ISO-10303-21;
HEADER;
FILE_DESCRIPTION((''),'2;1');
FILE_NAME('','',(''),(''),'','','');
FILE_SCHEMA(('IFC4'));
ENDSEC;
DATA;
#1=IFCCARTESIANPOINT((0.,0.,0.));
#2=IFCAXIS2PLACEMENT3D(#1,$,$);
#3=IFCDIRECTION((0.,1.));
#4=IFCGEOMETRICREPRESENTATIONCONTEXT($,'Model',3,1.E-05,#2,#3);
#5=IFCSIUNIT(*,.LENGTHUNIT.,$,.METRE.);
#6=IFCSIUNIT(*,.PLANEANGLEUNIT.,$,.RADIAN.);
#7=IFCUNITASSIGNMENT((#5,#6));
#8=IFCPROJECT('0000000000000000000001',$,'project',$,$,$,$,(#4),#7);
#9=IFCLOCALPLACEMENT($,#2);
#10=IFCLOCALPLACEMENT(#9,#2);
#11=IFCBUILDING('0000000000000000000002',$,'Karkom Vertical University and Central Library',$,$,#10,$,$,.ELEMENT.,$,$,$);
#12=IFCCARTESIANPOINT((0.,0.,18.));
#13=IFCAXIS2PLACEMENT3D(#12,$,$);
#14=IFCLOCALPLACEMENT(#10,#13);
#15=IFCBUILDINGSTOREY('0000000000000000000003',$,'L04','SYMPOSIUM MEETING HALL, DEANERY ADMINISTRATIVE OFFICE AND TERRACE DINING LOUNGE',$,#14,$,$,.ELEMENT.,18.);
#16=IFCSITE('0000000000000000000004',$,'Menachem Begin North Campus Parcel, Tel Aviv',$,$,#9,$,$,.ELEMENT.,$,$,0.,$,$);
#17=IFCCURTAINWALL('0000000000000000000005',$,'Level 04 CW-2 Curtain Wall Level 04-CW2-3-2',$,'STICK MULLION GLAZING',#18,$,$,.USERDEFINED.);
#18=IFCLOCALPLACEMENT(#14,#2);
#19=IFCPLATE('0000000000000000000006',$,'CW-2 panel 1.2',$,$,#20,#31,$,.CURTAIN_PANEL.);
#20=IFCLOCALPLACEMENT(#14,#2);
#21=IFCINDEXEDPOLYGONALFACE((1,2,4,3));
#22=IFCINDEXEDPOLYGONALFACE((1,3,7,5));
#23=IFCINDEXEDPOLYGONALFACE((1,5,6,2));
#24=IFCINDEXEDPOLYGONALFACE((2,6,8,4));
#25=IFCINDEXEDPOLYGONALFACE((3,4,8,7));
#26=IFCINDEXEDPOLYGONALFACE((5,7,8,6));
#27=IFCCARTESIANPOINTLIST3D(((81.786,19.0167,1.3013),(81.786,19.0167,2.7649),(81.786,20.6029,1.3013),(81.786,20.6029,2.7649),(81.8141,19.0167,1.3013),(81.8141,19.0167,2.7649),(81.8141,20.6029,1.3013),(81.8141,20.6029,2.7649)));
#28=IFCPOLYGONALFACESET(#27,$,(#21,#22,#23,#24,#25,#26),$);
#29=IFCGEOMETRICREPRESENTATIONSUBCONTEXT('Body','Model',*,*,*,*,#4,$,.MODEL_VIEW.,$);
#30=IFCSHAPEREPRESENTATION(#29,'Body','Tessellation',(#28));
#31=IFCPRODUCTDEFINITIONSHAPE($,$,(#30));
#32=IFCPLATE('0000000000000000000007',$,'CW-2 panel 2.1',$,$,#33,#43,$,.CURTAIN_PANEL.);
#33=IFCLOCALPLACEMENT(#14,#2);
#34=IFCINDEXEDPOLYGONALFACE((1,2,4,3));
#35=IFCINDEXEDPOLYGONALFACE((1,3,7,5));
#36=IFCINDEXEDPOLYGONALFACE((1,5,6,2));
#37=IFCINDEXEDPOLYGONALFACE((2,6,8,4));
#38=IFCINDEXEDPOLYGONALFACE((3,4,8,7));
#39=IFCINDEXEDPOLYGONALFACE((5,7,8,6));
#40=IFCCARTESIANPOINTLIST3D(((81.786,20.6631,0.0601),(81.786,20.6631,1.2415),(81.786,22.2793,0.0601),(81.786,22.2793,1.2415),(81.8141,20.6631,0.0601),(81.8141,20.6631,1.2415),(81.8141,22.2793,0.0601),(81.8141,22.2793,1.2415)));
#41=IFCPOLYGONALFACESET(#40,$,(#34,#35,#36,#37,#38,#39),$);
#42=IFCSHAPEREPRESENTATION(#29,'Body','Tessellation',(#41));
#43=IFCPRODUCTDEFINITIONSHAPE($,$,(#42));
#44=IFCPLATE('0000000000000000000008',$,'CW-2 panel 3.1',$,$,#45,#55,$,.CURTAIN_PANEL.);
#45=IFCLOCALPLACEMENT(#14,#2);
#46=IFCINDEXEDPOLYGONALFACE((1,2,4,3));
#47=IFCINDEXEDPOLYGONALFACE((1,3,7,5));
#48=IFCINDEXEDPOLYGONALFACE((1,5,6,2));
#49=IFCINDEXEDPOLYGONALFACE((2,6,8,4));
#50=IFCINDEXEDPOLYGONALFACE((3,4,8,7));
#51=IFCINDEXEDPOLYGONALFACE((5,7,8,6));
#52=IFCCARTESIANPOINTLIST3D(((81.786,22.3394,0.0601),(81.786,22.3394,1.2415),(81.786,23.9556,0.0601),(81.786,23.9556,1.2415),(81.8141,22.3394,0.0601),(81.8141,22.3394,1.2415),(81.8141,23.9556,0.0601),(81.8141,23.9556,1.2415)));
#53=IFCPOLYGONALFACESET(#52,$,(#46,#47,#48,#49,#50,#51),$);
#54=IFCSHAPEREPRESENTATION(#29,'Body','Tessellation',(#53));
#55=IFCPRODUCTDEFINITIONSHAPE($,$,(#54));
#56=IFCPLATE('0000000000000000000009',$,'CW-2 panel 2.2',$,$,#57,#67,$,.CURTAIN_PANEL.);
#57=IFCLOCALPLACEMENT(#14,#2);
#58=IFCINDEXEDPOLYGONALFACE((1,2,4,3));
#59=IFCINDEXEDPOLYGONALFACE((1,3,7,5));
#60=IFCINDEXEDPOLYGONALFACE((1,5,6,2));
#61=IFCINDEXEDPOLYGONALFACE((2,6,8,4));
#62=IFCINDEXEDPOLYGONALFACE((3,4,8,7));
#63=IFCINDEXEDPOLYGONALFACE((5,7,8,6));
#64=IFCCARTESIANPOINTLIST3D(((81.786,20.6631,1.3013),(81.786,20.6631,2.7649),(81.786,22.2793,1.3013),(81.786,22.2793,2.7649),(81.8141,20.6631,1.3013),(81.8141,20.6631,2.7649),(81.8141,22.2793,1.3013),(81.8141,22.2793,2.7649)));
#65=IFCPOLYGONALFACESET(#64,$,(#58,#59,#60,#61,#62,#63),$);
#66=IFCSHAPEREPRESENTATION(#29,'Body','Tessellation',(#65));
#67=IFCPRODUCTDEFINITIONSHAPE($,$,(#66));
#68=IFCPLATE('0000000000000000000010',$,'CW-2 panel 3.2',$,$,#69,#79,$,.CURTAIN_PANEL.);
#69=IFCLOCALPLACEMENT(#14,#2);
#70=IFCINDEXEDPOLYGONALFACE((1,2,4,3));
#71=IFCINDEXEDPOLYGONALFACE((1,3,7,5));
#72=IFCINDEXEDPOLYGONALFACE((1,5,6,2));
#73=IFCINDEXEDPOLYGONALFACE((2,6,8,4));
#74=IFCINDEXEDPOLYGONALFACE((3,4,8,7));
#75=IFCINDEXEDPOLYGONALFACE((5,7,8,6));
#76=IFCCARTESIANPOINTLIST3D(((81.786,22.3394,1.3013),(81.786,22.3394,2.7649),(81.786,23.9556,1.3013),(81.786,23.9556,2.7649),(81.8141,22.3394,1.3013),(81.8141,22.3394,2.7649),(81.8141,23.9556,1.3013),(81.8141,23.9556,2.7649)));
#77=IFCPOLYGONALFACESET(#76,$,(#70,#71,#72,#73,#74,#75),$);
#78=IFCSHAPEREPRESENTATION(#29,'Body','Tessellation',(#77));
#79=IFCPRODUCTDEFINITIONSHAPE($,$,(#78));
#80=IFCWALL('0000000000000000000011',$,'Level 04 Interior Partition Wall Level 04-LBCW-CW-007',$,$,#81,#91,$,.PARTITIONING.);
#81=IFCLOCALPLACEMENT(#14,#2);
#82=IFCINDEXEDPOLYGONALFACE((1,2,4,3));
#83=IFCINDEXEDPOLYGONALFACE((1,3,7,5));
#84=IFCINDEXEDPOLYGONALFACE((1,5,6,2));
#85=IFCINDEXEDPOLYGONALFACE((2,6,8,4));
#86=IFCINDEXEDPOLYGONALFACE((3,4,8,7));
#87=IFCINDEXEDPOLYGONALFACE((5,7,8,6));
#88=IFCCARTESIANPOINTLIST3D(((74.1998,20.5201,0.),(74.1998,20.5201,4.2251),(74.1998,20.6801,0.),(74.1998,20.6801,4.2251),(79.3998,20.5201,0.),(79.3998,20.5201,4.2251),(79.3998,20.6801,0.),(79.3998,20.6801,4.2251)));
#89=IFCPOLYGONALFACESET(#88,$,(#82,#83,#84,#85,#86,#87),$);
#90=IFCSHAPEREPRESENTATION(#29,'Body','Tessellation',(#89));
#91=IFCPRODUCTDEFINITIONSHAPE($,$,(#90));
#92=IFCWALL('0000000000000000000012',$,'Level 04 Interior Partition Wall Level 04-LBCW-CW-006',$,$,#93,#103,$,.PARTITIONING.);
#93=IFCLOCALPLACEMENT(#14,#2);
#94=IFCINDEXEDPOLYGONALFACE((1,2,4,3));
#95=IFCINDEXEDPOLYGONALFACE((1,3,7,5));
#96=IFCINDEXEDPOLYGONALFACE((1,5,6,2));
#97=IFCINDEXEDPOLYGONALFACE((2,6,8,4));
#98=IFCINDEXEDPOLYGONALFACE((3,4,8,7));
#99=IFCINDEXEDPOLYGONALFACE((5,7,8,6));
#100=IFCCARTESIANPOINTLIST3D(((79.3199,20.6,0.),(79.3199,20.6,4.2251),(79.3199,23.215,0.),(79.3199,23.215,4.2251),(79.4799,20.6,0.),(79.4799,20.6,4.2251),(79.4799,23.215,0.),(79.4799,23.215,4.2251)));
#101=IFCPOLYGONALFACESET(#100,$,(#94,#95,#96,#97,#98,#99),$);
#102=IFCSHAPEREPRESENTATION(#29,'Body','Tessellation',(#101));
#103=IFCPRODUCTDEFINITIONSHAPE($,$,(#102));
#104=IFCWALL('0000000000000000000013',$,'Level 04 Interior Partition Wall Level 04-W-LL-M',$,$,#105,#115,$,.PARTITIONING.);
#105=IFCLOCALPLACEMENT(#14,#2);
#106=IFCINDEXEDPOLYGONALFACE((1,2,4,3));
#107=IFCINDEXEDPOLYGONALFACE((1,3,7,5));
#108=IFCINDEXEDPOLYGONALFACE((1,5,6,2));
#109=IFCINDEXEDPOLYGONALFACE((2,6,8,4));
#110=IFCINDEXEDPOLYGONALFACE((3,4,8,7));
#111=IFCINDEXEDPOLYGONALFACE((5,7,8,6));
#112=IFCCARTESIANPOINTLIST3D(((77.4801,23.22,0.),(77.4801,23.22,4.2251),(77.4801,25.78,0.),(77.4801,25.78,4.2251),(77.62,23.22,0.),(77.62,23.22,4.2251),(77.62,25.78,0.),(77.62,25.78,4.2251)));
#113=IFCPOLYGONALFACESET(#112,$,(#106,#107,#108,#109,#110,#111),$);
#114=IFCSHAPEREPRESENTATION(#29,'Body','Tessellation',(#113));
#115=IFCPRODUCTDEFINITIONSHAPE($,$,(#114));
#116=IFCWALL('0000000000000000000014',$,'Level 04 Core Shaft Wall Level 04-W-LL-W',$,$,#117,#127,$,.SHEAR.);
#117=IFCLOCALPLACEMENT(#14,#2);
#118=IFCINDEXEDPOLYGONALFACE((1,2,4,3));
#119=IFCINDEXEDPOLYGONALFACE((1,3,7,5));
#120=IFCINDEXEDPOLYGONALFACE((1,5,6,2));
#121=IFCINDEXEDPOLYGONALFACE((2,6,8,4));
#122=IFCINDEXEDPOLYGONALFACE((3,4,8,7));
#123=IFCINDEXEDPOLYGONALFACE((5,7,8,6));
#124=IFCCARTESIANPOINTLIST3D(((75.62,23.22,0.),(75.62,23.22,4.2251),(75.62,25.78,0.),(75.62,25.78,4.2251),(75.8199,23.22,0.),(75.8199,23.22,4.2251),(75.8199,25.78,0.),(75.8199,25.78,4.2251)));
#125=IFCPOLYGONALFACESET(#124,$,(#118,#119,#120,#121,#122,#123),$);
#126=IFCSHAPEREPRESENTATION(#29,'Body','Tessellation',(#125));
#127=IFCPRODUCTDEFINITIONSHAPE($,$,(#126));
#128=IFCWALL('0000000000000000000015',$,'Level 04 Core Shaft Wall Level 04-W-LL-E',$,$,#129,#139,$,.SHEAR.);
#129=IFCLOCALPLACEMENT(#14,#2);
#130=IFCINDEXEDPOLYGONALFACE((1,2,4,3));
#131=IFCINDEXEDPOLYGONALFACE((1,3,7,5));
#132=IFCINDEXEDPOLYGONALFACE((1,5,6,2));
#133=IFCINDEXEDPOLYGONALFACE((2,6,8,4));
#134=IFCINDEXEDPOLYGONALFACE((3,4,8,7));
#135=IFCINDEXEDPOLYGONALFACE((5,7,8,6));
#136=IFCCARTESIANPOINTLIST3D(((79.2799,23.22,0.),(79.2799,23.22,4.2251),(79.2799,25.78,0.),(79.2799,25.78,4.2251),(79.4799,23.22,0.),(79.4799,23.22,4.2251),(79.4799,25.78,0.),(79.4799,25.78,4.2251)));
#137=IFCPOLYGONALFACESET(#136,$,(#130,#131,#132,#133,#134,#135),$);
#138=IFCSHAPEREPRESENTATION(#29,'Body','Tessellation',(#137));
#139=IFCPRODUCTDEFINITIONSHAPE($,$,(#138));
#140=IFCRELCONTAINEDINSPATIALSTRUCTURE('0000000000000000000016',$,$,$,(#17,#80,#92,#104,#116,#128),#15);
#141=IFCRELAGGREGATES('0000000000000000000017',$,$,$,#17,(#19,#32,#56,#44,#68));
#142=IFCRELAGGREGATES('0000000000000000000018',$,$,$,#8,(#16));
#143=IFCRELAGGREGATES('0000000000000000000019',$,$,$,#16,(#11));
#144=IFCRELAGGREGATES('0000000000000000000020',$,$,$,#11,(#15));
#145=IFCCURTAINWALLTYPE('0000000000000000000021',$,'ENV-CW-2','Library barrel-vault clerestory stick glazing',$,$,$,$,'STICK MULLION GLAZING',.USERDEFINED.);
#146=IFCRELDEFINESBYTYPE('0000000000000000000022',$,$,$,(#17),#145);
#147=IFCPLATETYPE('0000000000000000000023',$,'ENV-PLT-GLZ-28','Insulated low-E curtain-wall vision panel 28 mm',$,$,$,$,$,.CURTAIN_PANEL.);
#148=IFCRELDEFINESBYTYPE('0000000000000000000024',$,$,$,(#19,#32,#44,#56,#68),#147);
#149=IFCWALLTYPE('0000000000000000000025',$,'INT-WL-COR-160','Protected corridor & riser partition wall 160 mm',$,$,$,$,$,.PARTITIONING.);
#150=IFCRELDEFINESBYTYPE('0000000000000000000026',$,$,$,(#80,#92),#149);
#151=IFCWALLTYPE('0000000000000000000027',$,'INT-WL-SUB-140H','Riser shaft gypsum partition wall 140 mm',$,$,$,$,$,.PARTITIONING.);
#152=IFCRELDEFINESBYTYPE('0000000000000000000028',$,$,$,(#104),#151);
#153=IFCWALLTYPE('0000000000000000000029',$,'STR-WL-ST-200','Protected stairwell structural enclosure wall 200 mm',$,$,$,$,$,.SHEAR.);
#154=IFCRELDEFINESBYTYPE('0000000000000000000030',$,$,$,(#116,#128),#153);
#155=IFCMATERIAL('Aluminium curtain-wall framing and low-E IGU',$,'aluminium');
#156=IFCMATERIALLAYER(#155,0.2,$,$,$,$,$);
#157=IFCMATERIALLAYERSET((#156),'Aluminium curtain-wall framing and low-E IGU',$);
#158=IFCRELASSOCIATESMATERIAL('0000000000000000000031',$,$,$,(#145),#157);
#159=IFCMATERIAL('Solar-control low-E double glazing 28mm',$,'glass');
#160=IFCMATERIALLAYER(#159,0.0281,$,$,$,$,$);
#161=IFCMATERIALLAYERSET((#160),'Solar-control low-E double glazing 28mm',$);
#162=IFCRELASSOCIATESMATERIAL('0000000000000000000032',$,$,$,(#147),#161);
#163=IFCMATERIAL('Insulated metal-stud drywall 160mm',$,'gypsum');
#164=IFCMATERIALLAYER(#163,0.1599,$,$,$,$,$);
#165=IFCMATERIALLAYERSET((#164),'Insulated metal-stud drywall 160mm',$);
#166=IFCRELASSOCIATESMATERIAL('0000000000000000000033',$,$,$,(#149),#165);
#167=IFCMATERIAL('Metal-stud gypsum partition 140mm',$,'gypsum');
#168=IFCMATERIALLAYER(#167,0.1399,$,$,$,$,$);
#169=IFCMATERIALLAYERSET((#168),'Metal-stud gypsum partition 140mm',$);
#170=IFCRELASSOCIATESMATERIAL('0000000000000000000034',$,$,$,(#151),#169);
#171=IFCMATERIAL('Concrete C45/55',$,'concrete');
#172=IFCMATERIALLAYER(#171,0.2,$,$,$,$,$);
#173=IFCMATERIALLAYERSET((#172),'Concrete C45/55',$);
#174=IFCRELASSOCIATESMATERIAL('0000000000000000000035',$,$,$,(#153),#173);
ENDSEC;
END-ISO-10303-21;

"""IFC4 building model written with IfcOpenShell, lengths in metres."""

from ifc_helpers import new_model, si_unit, direction, frame, frame_2d, origin, origin_with_axes, origin_2d, place, context, subcontext, project, spatial, rectangle, extrude, source, transform, mapped, material, layer, layer_set, type_object, element, aggregate, save


model = new_model("IFC4")

# Units and contexts
model_context = context("Model", 3, precision=1e-05, world=origin(), true_north=direction((0.0, 1.0)))
body_context = subcontext(model_context, "Body", "Model", "MODEL_VIEW")
ifc_project = project(units=[si_unit("LENGTHUNIT", "METRE"), si_unit("PLANEANGLEUNIT", "RADIAN")], contexts=[model_context])

# Site, building, storey
site_placement = place(None, origin())
site = spatial("IfcSite", under=ifc_project, at=site_placement, Name="Menachem Begin North Campus Parcel, Tel Aviv", CompositionType="ELEMENT", RefElevation=0.0)
building_placement = place(site_placement, origin())
building = spatial("IfcBuilding", under=site, at=building_placement, Name="Karkom Vertical University and Central Library", CompositionType="ELEMENT")
storey_placement = place(building_placement, frame((0.0, 0.0, 18.0)))
storey = spatial("IfcBuildingStorey", under=building, at=storey_placement, Name="L04", Description="SYMPOSIUM MEETING HALL, DEANERY ADMINISTRATIVE OFFICE AND TERRACE DINING LOUNGE", CompositionType="ELEMENT", Elevation=18.0)

# Curtain wall, plates
ifc_material_1 = material(Name="Aluminium curtain-wall framing and low-E IGU", Category="aluminium")
ifc_layer_1 = layer(ifc_material_1, 0.2)
ifc_layer_set_1 = layer_set([ifc_layer_1], Name="Aluminium curtain-wall framing and low-E IGU")
curtain_wall_type = type_object("IfcCurtainWallType", Name="ENV-CW-2", Description="Library barrel-vault clerestory stick glazing", ElementType="STICK MULLION GLAZING", PredefinedType="USERDEFINED", material=ifc_layer_set_1)
curtain_wall_placement = place(storey_placement, origin())
curtain_wall = element("IfcCurtainWall", 1, at=curtain_wall_placement, inside=storey, type_object=curtain_wall_type, Name="Level 04 CW-2 Curtain Wall Level 04-CW2-3-2", ObjectType="STICK MULLION GLAZING", PredefinedType="USERDEFINED")
ifc_material_2 = material(Name="Solar-control low-E double glazing 28mm", Category="glass")
ifc_layer_2 = layer(ifc_material_2, 0.0281)
ifc_layer_set_2 = layer_set([ifc_layer_2], Name="Solar-control low-E double glazing 28mm")
plate_type = type_object("IfcPlateType", Name="ENV-PLT-GLZ-28", Description="Insulated low-E curtain-wall vision panel 28 mm", PredefinedType="CURTAIN_PANEL", material=ifc_layer_set_2)
shared_shape_1 = source(origin_with_axes(), body_context, "Body", "SweptSolid", [
    extrude(rectangle(XDim=1.5862, YDim=0.0281, at=origin_2d()), origin(), (0.0, 0.0, 1.0), 1.4636),
])
plate_1_placement = place(storey_placement, frame((81.8, 19.8098, 1.3013), z_axis=(0.0, 0.0, 1.0), x_axis=(0.0, 1.0, 0.0)))
plate_1 = element("IfcPlate", 2, at=plate_1_placement, type_object=plate_type, Name="CW-2 panel 1.2", PredefinedType="CURTAIN_PANEL", context=body_context, shape_type="MappedRepresentation", body=[
    mapped(shared_shape_1, transform((0.0, 0.0, 0.0), scale=1.0)),
])
shared_shape_2 = source(origin_with_axes(), body_context, "Body", "SweptSolid", [
    extrude(rectangle(XDim=1.6162, YDim=0.0281, at=origin_2d()), origin(), (0.0, 0.0, 1.0), 1.1814),
])
plate_2_placement = place(storey_placement, frame((81.8, 21.4712, 0.0601), z_axis=(0.0, 0.0, 1.0), x_axis=(0.0, 1.0, 0.0)))
plate_2 = element("IfcPlate", 3, at=plate_2_placement, type_object=plate_type, Name="CW-2 panel 2.1", PredefinedType="CURTAIN_PANEL", context=body_context, shape_type="MappedRepresentation", body=[
    mapped(shared_shape_2, transform((0.0, 0.0, 0.0), scale=1.0)),
])
plate_3_placement = place(storey_placement, frame((81.8, 23.1475, 0.0601), z_axis=(0.0, 0.0, 1.0), x_axis=(0.0, 1.0, 0.0)))
plate_3 = element("IfcPlate", 4, at=plate_3_placement, type_object=plate_type, Name="CW-2 panel 3.1", PredefinedType="CURTAIN_PANEL", context=body_context, shape_type="MappedRepresentation", body=[
    mapped(shared_shape_2, transform((0.0, 0.0, 0.0), scale=1.0)),
])
shared_shape_3 = source(origin_with_axes(), body_context, "Body", "SweptSolid", [
    extrude(rectangle(XDim=1.6162, YDim=0.0281, at=origin_2d()), origin(), (0.0, 0.0, 1.0), 1.4636),
])
plate_4_placement = place(storey_placement, frame((81.8, 21.4712, 1.3013), z_axis=(0.0, 0.0, 1.0), x_axis=(0.0, 1.0, 0.0)))
plate_4 = element("IfcPlate", 5, at=plate_4_placement, type_object=plate_type, Name="CW-2 panel 2.2", PredefinedType="CURTAIN_PANEL", context=body_context, shape_type="MappedRepresentation", body=[
    mapped(shared_shape_3, transform((0.0, 0.0, 0.0), scale=1.0)),
])
plate_5_placement = place(storey_placement, frame((81.8, 23.1475, 1.3013), z_axis=(0.0, 0.0, 1.0), x_axis=(0.0, 1.0, 0.0)))
plate_5 = element("IfcPlate", 6, at=plate_5_placement, type_object=plate_type, Name="CW-2 panel 3.2", PredefinedType="CURTAIN_PANEL", context=body_context, shape_type="MappedRepresentation", body=[
    mapped(shared_shape_3, transform((0.0, 0.0, 0.0), scale=1.0)),
])
aggregate(curtain_wall, [plate_1, plate_2, plate_4, plate_3, plate_5])

# Walls
ifc_material_3 = material(Name="Insulated metal-stud drywall 160mm", Category="gypsum")
ifc_layer_3 = layer(ifc_material_3, 0.1599)
ifc_layer_set_3 = layer_set([ifc_layer_3], Name="Insulated metal-stud drywall 160mm")
wall_type_1 = type_object("IfcWallType", Name="INT-WL-COR-160", Description="Protected corridor & riser partition wall 160 mm", PredefinedType="PARTITIONING", material=ifc_layer_set_3)
wall_1_placement = place(storey_placement, frame((79.3999, 20.6001, 0.0), z_axis=(0.0, 0.0, 1.0), x_axis=(-1.0, 0.0, 0.0)))
element("IfcWall", 7, at=wall_1_placement, inside=storey, type_object=wall_type_1, Name="Level 04 Interior Partition Wall Level 04-LBCW-CW-007", PredefinedType="PARTITIONING", context=body_context, shape_type="SweptSolid", body=[
    extrude(rectangle(XDim=5.2, YDim=0.1599, at=frame_2d((2.6001, 0.0))), origin(), (0.0, 0.0, 1.0), 4.2251),
])
wall_2_placement = place(storey_placement, frame((79.3999, 23.2151, 0.0), z_axis=(0.0, 0.0, 1.0), x_axis=(0.0, -1.0, 0.0)))
element("IfcWall", 8, at=wall_2_placement, inside=storey, type_object=wall_type_1, Name="Level 04 Interior Partition Wall Level 04-LBCW-CW-006", PredefinedType="PARTITIONING", context=body_context, shape_type="SweptSolid", body=[
    extrude(rectangle(XDim=2.615, YDim=0.1599, at=frame_2d((1.3076, 0.0))), origin(), (0.0, 0.0, 1.0), 4.2251),
])
ifc_material_4 = material(Name="Metal-stud gypsum partition 140mm", Category="gypsum")
ifc_layer_4 = layer(ifc_material_4, 0.1399)
ifc_layer_set_4 = layer_set([ifc_layer_4], Name="Metal-stud gypsum partition 140mm")
wall_type_2 = type_object("IfcWallType", Name="INT-WL-SUB-140H", Description="Riser shaft gypsum partition wall 140 mm", PredefinedType="PARTITIONING", material=ifc_layer_set_4)
wall_3_placement = place(storey_placement, frame((77.55, 23.22, 0.0), z_axis=(0.0, 0.0, 1.0), x_axis=(0.0, 1.0, 0.0)))
element("IfcWall", 9, at=wall_3_placement, inside=storey, type_object=wall_type_2, Name="Level 04 Interior Partition Wall Level 04-W-LL-M", PredefinedType="PARTITIONING", context=body_context, shape_type="SweptSolid", body=[
    extrude(rectangle(XDim=2.5601, YDim=0.1399, at=frame_2d((1.28, 0.0))), origin(), (0.0, 0.0, 1.0), 4.2251),
])

# Shared definitions
ifc_material_5 = material(Name="Concrete C45/55", Category="concrete")
ifc_layer_5 = layer(ifc_material_5, 0.2)
ifc_layer_set_5 = layer_set([ifc_layer_5], Name="Concrete C45/55")
wall_type_3 = type_object("IfcWallType", Name="STR-WL-ST-200", Description="Protected stairwell structural enclosure wall 200 mm", PredefinedType="SHEAR", material=ifc_layer_set_5)

# Walls
for number, where, z_axis, x_axis, name in (
    (10, (75.72, 23.22, 0.0), (0.0, 0.0, 1.0), (0.0, 1.0, 0.0), "Level 04 Core Shaft Wall Level 04-W-LL-W"),
    (11, (79.3799, 23.22, 0.0), (0.0, 0.0, 1.0), (0.0, 1.0, 0.0), "Level 04 Core Shaft Wall Level 04-W-LL-E"),
):
    element("IfcWall", number, at=place(storey_placement, frame(where, z_axis=z_axis, x_axis=x_axis)), inside=storey, type_object=wall_type_3, Name=name, PredefinedType="SHEAR", context=body_context, shape_type="SweptSolid", body=[
        extrude(rectangle(XDim=2.5601, YDim=0.2, at=frame_2d((1.28, 0.0))), origin(), (0.0, 0.0, 1.0), 4.2251),
    ])

save(model, "model.ifc")
